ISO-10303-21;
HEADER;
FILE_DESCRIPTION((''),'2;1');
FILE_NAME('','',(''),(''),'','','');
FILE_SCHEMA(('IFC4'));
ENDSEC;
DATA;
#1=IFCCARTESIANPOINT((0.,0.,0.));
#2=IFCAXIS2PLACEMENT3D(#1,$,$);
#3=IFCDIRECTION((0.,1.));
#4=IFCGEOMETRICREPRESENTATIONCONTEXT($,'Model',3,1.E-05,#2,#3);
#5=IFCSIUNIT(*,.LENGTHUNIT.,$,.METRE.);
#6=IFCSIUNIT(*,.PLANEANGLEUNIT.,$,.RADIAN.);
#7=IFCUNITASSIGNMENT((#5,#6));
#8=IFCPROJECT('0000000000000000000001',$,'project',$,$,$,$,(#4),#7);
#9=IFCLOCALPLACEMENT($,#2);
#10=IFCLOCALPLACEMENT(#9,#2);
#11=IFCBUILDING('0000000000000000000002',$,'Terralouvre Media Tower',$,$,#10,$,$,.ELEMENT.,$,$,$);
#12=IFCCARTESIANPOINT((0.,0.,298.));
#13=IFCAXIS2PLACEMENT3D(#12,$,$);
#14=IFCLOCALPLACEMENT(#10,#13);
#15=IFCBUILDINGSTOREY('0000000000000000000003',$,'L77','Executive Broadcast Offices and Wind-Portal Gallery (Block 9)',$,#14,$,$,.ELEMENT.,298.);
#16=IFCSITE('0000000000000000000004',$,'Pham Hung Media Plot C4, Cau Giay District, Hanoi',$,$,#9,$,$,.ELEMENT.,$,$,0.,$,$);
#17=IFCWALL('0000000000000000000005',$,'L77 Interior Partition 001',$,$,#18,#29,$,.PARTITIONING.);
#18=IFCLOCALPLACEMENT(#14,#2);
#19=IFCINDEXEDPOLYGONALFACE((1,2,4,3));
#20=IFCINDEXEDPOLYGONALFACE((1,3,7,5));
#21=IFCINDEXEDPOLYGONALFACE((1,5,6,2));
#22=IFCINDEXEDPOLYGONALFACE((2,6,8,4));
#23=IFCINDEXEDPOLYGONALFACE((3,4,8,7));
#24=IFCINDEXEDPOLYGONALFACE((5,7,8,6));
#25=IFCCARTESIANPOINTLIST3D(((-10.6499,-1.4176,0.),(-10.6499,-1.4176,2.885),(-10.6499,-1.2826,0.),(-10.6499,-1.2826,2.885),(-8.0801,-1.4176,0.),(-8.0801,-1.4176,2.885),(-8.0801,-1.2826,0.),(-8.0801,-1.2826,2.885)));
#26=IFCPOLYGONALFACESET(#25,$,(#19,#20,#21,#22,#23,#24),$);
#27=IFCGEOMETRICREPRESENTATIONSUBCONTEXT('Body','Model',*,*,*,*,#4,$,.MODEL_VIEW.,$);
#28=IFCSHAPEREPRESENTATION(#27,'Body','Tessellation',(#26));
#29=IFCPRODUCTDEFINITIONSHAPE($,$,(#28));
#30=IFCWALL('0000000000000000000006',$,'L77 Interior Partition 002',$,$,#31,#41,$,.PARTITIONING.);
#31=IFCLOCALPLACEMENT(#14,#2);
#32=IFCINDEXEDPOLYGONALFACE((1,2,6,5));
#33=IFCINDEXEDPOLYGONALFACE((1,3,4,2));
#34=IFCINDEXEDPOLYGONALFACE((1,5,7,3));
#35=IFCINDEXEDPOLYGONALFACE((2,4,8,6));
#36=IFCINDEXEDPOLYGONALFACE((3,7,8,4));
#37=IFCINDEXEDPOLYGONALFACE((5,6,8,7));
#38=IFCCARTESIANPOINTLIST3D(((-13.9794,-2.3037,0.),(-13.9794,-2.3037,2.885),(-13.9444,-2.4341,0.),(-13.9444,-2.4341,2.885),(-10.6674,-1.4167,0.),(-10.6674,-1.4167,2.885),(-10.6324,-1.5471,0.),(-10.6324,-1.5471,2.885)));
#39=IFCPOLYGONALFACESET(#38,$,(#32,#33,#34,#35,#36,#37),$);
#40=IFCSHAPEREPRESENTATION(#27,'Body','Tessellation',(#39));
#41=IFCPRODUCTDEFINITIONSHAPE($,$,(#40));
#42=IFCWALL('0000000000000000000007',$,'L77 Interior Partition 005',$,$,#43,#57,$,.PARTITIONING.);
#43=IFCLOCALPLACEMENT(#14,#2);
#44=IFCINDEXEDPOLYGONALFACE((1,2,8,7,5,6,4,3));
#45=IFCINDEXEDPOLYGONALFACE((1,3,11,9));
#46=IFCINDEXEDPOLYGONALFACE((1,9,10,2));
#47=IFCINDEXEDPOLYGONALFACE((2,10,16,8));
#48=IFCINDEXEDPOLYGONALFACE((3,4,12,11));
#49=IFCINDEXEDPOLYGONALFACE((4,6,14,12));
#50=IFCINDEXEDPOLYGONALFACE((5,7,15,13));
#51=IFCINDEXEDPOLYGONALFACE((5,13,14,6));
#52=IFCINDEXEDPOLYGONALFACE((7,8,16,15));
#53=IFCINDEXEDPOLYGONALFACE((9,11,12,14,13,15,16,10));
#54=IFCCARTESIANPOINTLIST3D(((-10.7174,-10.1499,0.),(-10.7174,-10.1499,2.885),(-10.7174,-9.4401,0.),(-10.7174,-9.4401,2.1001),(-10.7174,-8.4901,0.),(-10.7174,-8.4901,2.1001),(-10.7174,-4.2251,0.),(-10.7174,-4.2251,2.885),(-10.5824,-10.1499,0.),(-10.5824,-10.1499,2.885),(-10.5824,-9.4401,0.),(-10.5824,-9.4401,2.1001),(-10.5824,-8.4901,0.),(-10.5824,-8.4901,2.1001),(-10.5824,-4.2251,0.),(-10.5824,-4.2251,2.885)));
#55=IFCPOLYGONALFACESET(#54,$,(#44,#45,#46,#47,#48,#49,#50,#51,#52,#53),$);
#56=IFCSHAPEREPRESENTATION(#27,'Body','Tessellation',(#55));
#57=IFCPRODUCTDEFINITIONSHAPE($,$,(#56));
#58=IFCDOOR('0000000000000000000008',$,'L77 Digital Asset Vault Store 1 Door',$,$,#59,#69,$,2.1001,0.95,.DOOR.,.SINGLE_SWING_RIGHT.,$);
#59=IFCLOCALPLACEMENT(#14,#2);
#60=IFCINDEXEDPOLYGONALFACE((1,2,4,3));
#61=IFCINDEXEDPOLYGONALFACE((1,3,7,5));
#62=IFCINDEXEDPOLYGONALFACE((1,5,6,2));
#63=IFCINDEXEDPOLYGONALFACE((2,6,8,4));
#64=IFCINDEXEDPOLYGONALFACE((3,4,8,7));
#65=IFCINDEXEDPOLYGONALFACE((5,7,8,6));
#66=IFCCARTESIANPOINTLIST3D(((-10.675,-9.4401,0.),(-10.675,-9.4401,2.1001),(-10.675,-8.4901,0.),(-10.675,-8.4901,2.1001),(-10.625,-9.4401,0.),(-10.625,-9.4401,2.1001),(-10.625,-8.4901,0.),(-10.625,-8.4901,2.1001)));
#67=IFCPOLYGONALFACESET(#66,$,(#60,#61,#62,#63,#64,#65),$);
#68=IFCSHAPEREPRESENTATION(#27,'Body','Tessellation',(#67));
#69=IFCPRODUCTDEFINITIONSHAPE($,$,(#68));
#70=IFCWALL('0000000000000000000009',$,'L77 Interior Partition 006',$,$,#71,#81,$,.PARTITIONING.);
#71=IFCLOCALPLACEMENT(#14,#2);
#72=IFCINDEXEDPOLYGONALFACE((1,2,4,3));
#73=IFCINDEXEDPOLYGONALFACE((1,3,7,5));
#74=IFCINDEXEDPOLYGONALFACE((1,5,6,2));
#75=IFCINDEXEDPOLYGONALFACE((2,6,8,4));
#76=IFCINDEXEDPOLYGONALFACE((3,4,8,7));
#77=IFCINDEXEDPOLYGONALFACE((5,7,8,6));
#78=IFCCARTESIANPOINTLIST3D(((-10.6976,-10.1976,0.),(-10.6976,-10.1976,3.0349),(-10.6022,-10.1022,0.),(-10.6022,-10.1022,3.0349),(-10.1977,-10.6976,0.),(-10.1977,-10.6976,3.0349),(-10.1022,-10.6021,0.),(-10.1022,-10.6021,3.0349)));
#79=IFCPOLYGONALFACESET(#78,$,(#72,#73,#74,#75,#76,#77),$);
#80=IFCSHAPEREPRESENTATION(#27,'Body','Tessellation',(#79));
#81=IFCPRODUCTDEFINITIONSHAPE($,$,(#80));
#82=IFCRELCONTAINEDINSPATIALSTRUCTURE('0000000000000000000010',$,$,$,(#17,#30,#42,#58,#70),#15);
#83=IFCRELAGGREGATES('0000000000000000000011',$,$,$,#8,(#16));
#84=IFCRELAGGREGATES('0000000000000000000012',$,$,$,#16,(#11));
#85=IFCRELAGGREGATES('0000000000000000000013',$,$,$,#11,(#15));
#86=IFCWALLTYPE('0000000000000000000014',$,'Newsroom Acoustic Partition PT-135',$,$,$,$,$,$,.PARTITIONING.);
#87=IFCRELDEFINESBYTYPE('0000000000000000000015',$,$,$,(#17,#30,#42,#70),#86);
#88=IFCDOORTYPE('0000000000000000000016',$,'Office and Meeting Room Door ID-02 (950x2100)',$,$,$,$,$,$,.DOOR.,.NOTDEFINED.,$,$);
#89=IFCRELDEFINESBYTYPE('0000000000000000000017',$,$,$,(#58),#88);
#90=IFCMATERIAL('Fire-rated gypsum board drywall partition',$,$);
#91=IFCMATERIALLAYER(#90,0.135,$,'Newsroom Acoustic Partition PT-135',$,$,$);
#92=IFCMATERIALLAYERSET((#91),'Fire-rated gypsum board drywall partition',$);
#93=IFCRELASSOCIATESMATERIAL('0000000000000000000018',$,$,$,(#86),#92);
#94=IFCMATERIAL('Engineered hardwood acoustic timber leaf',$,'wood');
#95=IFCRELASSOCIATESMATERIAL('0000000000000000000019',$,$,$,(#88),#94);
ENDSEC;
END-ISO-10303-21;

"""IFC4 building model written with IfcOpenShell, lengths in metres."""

from ifc_helpers import new_model, si_unit, direction, frame, frame_2d, origin, place, context, subcontext, project, spatial, rectangle, extrude, material, layer, layer_set, type_object, element, fill, save


model = new_model("IFC4")

# Units and contexts
model_context = context("Model", 3, precision=1e-05, world=origin(), true_north=direction((0.0, 1.0)))
body_context = subcontext(model_context, "Body", "Model", "MODEL_VIEW")
ifc_project = project(units=[si_unit("LENGTHUNIT", "METRE"), si_unit("PLANEANGLEUNIT", "RADIAN")], contexts=[model_context])

# Site, building, storey
site_placement = place(None, origin())
site = spatial("IfcSite", under=ifc_project, at=site_placement, Name="Pham Hung Media Plot C4, Cau Giay District, Hanoi", CompositionType="ELEMENT", RefElevation=0.0)
building_placement = place(site_placement, origin())
building = spatial("IfcBuilding", under=site, at=building_placement, Name="Terralouvre Media Tower", CompositionType="ELEMENT")
storey_placement = place(building_placement, frame((0.0, 0.0, 298.0)))
storey = spatial("IfcBuildingStorey", under=building, at=storey_placement, Name="L77", Description="Executive Broadcast Offices and Wind-Portal Gallery (Block 9)", CompositionType="ELEMENT", Elevation=298.0)

# Walls
ifc_material_1 = material(Name="Fire-rated gypsum board drywall partition")
ifc_layer_1 = layer(ifc_material_1, 0.135, Name="Newsroom Acoustic Partition PT-135")
ifc_layer_set_1 = layer_set([ifc_layer_1], Name="Fire-rated gypsum board drywall partition")
wall_type_1 = type_object("IfcWallType", Name="Newsroom Acoustic Partition PT-135", PredefinedType="PARTITIONING", material=ifc_layer_set_1)
wall_1_placement = place(storey_placement, frame((-8.0801, -1.3501, 0.0), z_axis=(0.0, 0.0, 1.0), x_axis=(-1.0, 0.0, 0.0)))
element("IfcWall", 1, at=wall_1_placement, inside=storey, type_object=wall_type_1, Name="L77 Interior Partition 001", PredefinedType="PARTITIONING", context=body_context, shape_type="SweptSolid", body=[
    extrude(rectangle(XDim=2.5698, YDim=0.135, at=frame_2d((1.2849, 0.0))), origin(), (0.0, 0.0, 1.0), 2.885),
])
wall_2_placement = place(storey_placement, frame((-10.6499, -1.4819, 0.0), z_axis=(0.0, 0.0, 1.0), x_axis=(-0.965961, -0.258686, 0.0)))
element("IfcWall", 2, at=wall_2_placement, inside=storey, type_object=wall_type_1, Name="L77 Interior Partition 002", PredefinedType="PARTITIONING", context=body_context, shape_type="SweptSolid", body=[
    extrude(rectangle(XDim=3.4287, YDim=0.135, at=frame_2d((1.7144, 0.0))), origin(), (0.0, 0.0, 1.0), 2.885),
])

# Wall, opening, door
wall_3_placement = place(storey_placement, frame((-10.6499, -4.2251, 0.0), z_axis=(0.0, 0.0, 1.0), x_axis=(0.0, -1.0, 0.0)))
wall_3 = element("IfcWall", 3, at=wall_3_placement, inside=storey, type_object=wall_type_1, Name="L77 Interior Partition 005", PredefinedType="PARTITIONING", context=body_context, shape_type="SweptSolid", body=[
    extrude(rectangle(XDim=5.9248, YDim=0.135, at=frame_2d((2.9624, 0.0))), origin(), (0.0, 0.0, 1.0), 2.885),
])
opening_1_placement = place(wall_3_placement, frame((4.2649, 0.0, 0.0)))
opening_1 = element("IfcOpeningElement", 4, at=opening_1_placement, cuts=wall_3, PredefinedType="OPENING", context=body_context, shape_type="SweptSolid", body=[
    extrude(rectangle(XDim=0.95, YDim=2.1001, at=frame_2d((0.4751, 1.05))), frame((0.0, 0.0774, 0.0), z_axis=(0.0, -1.0, 0.0), x_axis=(1.0, 0.0, 0.0)), (0.0, 0.0, 1.0), 0.155),
])
ifc_material_2 = material(Name="Engineered hardwood acoustic timber leaf", Category="wood")
door_type_1 = type_object("IfcDoorType", Name="Office and Meeting Room Door ID-02 (950x2100)", OperationType="NOTDEFINED", PredefinedType="DOOR", material=ifc_material_2)
door_1_placement = place(opening_1_placement, origin())
door_1 = element("IfcDoor", 5, at=door_1_placement, inside=storey, type_object=door_type_1, Name="L77 Digital Asset Vault Store 1 Door", OperationType="SINGLE_SWING_RIGHT", OverallHeight=2.1001, OverallWidth=0.95, PredefinedType="DOOR", context=body_context, shape_type="SweptSolid", body=[
    extrude(rectangle(XDim=0.95, YDim=2.1001, at=frame_2d((0.4751, 1.05))), frame((0.0, 0.0249, 0.0), z_axis=(0.0, -1.0, 0.0), x_axis=(1.0, 0.0, 0.0)), (0.0, 0.0, 1.0), 0.05),
])
fill(opening_1, door_1)

# Wall
wall_4_placement = place(storey_placement, frame((-10.6499, -10.1499, 0.0), z_axis=(0.0, 0.0, 1.0), x_axis=(0.707107, -0.707107, 0.0)))
element("IfcWall", 6, at=wall_4_placement, inside=storey, type_object=wall_type_1, Name="L77 Interior Partition 006", PredefinedType="PARTITIONING", context=body_context, shape_type="SweptSolid", body=[
    extrude(rectangle(XDim=0.707, YDim=0.135, at=frame_2d((0.3535, 0.0))), origin(), (0.0, 0.0, 1.0), 3.0349),
])

save(model, "model.ifc")
